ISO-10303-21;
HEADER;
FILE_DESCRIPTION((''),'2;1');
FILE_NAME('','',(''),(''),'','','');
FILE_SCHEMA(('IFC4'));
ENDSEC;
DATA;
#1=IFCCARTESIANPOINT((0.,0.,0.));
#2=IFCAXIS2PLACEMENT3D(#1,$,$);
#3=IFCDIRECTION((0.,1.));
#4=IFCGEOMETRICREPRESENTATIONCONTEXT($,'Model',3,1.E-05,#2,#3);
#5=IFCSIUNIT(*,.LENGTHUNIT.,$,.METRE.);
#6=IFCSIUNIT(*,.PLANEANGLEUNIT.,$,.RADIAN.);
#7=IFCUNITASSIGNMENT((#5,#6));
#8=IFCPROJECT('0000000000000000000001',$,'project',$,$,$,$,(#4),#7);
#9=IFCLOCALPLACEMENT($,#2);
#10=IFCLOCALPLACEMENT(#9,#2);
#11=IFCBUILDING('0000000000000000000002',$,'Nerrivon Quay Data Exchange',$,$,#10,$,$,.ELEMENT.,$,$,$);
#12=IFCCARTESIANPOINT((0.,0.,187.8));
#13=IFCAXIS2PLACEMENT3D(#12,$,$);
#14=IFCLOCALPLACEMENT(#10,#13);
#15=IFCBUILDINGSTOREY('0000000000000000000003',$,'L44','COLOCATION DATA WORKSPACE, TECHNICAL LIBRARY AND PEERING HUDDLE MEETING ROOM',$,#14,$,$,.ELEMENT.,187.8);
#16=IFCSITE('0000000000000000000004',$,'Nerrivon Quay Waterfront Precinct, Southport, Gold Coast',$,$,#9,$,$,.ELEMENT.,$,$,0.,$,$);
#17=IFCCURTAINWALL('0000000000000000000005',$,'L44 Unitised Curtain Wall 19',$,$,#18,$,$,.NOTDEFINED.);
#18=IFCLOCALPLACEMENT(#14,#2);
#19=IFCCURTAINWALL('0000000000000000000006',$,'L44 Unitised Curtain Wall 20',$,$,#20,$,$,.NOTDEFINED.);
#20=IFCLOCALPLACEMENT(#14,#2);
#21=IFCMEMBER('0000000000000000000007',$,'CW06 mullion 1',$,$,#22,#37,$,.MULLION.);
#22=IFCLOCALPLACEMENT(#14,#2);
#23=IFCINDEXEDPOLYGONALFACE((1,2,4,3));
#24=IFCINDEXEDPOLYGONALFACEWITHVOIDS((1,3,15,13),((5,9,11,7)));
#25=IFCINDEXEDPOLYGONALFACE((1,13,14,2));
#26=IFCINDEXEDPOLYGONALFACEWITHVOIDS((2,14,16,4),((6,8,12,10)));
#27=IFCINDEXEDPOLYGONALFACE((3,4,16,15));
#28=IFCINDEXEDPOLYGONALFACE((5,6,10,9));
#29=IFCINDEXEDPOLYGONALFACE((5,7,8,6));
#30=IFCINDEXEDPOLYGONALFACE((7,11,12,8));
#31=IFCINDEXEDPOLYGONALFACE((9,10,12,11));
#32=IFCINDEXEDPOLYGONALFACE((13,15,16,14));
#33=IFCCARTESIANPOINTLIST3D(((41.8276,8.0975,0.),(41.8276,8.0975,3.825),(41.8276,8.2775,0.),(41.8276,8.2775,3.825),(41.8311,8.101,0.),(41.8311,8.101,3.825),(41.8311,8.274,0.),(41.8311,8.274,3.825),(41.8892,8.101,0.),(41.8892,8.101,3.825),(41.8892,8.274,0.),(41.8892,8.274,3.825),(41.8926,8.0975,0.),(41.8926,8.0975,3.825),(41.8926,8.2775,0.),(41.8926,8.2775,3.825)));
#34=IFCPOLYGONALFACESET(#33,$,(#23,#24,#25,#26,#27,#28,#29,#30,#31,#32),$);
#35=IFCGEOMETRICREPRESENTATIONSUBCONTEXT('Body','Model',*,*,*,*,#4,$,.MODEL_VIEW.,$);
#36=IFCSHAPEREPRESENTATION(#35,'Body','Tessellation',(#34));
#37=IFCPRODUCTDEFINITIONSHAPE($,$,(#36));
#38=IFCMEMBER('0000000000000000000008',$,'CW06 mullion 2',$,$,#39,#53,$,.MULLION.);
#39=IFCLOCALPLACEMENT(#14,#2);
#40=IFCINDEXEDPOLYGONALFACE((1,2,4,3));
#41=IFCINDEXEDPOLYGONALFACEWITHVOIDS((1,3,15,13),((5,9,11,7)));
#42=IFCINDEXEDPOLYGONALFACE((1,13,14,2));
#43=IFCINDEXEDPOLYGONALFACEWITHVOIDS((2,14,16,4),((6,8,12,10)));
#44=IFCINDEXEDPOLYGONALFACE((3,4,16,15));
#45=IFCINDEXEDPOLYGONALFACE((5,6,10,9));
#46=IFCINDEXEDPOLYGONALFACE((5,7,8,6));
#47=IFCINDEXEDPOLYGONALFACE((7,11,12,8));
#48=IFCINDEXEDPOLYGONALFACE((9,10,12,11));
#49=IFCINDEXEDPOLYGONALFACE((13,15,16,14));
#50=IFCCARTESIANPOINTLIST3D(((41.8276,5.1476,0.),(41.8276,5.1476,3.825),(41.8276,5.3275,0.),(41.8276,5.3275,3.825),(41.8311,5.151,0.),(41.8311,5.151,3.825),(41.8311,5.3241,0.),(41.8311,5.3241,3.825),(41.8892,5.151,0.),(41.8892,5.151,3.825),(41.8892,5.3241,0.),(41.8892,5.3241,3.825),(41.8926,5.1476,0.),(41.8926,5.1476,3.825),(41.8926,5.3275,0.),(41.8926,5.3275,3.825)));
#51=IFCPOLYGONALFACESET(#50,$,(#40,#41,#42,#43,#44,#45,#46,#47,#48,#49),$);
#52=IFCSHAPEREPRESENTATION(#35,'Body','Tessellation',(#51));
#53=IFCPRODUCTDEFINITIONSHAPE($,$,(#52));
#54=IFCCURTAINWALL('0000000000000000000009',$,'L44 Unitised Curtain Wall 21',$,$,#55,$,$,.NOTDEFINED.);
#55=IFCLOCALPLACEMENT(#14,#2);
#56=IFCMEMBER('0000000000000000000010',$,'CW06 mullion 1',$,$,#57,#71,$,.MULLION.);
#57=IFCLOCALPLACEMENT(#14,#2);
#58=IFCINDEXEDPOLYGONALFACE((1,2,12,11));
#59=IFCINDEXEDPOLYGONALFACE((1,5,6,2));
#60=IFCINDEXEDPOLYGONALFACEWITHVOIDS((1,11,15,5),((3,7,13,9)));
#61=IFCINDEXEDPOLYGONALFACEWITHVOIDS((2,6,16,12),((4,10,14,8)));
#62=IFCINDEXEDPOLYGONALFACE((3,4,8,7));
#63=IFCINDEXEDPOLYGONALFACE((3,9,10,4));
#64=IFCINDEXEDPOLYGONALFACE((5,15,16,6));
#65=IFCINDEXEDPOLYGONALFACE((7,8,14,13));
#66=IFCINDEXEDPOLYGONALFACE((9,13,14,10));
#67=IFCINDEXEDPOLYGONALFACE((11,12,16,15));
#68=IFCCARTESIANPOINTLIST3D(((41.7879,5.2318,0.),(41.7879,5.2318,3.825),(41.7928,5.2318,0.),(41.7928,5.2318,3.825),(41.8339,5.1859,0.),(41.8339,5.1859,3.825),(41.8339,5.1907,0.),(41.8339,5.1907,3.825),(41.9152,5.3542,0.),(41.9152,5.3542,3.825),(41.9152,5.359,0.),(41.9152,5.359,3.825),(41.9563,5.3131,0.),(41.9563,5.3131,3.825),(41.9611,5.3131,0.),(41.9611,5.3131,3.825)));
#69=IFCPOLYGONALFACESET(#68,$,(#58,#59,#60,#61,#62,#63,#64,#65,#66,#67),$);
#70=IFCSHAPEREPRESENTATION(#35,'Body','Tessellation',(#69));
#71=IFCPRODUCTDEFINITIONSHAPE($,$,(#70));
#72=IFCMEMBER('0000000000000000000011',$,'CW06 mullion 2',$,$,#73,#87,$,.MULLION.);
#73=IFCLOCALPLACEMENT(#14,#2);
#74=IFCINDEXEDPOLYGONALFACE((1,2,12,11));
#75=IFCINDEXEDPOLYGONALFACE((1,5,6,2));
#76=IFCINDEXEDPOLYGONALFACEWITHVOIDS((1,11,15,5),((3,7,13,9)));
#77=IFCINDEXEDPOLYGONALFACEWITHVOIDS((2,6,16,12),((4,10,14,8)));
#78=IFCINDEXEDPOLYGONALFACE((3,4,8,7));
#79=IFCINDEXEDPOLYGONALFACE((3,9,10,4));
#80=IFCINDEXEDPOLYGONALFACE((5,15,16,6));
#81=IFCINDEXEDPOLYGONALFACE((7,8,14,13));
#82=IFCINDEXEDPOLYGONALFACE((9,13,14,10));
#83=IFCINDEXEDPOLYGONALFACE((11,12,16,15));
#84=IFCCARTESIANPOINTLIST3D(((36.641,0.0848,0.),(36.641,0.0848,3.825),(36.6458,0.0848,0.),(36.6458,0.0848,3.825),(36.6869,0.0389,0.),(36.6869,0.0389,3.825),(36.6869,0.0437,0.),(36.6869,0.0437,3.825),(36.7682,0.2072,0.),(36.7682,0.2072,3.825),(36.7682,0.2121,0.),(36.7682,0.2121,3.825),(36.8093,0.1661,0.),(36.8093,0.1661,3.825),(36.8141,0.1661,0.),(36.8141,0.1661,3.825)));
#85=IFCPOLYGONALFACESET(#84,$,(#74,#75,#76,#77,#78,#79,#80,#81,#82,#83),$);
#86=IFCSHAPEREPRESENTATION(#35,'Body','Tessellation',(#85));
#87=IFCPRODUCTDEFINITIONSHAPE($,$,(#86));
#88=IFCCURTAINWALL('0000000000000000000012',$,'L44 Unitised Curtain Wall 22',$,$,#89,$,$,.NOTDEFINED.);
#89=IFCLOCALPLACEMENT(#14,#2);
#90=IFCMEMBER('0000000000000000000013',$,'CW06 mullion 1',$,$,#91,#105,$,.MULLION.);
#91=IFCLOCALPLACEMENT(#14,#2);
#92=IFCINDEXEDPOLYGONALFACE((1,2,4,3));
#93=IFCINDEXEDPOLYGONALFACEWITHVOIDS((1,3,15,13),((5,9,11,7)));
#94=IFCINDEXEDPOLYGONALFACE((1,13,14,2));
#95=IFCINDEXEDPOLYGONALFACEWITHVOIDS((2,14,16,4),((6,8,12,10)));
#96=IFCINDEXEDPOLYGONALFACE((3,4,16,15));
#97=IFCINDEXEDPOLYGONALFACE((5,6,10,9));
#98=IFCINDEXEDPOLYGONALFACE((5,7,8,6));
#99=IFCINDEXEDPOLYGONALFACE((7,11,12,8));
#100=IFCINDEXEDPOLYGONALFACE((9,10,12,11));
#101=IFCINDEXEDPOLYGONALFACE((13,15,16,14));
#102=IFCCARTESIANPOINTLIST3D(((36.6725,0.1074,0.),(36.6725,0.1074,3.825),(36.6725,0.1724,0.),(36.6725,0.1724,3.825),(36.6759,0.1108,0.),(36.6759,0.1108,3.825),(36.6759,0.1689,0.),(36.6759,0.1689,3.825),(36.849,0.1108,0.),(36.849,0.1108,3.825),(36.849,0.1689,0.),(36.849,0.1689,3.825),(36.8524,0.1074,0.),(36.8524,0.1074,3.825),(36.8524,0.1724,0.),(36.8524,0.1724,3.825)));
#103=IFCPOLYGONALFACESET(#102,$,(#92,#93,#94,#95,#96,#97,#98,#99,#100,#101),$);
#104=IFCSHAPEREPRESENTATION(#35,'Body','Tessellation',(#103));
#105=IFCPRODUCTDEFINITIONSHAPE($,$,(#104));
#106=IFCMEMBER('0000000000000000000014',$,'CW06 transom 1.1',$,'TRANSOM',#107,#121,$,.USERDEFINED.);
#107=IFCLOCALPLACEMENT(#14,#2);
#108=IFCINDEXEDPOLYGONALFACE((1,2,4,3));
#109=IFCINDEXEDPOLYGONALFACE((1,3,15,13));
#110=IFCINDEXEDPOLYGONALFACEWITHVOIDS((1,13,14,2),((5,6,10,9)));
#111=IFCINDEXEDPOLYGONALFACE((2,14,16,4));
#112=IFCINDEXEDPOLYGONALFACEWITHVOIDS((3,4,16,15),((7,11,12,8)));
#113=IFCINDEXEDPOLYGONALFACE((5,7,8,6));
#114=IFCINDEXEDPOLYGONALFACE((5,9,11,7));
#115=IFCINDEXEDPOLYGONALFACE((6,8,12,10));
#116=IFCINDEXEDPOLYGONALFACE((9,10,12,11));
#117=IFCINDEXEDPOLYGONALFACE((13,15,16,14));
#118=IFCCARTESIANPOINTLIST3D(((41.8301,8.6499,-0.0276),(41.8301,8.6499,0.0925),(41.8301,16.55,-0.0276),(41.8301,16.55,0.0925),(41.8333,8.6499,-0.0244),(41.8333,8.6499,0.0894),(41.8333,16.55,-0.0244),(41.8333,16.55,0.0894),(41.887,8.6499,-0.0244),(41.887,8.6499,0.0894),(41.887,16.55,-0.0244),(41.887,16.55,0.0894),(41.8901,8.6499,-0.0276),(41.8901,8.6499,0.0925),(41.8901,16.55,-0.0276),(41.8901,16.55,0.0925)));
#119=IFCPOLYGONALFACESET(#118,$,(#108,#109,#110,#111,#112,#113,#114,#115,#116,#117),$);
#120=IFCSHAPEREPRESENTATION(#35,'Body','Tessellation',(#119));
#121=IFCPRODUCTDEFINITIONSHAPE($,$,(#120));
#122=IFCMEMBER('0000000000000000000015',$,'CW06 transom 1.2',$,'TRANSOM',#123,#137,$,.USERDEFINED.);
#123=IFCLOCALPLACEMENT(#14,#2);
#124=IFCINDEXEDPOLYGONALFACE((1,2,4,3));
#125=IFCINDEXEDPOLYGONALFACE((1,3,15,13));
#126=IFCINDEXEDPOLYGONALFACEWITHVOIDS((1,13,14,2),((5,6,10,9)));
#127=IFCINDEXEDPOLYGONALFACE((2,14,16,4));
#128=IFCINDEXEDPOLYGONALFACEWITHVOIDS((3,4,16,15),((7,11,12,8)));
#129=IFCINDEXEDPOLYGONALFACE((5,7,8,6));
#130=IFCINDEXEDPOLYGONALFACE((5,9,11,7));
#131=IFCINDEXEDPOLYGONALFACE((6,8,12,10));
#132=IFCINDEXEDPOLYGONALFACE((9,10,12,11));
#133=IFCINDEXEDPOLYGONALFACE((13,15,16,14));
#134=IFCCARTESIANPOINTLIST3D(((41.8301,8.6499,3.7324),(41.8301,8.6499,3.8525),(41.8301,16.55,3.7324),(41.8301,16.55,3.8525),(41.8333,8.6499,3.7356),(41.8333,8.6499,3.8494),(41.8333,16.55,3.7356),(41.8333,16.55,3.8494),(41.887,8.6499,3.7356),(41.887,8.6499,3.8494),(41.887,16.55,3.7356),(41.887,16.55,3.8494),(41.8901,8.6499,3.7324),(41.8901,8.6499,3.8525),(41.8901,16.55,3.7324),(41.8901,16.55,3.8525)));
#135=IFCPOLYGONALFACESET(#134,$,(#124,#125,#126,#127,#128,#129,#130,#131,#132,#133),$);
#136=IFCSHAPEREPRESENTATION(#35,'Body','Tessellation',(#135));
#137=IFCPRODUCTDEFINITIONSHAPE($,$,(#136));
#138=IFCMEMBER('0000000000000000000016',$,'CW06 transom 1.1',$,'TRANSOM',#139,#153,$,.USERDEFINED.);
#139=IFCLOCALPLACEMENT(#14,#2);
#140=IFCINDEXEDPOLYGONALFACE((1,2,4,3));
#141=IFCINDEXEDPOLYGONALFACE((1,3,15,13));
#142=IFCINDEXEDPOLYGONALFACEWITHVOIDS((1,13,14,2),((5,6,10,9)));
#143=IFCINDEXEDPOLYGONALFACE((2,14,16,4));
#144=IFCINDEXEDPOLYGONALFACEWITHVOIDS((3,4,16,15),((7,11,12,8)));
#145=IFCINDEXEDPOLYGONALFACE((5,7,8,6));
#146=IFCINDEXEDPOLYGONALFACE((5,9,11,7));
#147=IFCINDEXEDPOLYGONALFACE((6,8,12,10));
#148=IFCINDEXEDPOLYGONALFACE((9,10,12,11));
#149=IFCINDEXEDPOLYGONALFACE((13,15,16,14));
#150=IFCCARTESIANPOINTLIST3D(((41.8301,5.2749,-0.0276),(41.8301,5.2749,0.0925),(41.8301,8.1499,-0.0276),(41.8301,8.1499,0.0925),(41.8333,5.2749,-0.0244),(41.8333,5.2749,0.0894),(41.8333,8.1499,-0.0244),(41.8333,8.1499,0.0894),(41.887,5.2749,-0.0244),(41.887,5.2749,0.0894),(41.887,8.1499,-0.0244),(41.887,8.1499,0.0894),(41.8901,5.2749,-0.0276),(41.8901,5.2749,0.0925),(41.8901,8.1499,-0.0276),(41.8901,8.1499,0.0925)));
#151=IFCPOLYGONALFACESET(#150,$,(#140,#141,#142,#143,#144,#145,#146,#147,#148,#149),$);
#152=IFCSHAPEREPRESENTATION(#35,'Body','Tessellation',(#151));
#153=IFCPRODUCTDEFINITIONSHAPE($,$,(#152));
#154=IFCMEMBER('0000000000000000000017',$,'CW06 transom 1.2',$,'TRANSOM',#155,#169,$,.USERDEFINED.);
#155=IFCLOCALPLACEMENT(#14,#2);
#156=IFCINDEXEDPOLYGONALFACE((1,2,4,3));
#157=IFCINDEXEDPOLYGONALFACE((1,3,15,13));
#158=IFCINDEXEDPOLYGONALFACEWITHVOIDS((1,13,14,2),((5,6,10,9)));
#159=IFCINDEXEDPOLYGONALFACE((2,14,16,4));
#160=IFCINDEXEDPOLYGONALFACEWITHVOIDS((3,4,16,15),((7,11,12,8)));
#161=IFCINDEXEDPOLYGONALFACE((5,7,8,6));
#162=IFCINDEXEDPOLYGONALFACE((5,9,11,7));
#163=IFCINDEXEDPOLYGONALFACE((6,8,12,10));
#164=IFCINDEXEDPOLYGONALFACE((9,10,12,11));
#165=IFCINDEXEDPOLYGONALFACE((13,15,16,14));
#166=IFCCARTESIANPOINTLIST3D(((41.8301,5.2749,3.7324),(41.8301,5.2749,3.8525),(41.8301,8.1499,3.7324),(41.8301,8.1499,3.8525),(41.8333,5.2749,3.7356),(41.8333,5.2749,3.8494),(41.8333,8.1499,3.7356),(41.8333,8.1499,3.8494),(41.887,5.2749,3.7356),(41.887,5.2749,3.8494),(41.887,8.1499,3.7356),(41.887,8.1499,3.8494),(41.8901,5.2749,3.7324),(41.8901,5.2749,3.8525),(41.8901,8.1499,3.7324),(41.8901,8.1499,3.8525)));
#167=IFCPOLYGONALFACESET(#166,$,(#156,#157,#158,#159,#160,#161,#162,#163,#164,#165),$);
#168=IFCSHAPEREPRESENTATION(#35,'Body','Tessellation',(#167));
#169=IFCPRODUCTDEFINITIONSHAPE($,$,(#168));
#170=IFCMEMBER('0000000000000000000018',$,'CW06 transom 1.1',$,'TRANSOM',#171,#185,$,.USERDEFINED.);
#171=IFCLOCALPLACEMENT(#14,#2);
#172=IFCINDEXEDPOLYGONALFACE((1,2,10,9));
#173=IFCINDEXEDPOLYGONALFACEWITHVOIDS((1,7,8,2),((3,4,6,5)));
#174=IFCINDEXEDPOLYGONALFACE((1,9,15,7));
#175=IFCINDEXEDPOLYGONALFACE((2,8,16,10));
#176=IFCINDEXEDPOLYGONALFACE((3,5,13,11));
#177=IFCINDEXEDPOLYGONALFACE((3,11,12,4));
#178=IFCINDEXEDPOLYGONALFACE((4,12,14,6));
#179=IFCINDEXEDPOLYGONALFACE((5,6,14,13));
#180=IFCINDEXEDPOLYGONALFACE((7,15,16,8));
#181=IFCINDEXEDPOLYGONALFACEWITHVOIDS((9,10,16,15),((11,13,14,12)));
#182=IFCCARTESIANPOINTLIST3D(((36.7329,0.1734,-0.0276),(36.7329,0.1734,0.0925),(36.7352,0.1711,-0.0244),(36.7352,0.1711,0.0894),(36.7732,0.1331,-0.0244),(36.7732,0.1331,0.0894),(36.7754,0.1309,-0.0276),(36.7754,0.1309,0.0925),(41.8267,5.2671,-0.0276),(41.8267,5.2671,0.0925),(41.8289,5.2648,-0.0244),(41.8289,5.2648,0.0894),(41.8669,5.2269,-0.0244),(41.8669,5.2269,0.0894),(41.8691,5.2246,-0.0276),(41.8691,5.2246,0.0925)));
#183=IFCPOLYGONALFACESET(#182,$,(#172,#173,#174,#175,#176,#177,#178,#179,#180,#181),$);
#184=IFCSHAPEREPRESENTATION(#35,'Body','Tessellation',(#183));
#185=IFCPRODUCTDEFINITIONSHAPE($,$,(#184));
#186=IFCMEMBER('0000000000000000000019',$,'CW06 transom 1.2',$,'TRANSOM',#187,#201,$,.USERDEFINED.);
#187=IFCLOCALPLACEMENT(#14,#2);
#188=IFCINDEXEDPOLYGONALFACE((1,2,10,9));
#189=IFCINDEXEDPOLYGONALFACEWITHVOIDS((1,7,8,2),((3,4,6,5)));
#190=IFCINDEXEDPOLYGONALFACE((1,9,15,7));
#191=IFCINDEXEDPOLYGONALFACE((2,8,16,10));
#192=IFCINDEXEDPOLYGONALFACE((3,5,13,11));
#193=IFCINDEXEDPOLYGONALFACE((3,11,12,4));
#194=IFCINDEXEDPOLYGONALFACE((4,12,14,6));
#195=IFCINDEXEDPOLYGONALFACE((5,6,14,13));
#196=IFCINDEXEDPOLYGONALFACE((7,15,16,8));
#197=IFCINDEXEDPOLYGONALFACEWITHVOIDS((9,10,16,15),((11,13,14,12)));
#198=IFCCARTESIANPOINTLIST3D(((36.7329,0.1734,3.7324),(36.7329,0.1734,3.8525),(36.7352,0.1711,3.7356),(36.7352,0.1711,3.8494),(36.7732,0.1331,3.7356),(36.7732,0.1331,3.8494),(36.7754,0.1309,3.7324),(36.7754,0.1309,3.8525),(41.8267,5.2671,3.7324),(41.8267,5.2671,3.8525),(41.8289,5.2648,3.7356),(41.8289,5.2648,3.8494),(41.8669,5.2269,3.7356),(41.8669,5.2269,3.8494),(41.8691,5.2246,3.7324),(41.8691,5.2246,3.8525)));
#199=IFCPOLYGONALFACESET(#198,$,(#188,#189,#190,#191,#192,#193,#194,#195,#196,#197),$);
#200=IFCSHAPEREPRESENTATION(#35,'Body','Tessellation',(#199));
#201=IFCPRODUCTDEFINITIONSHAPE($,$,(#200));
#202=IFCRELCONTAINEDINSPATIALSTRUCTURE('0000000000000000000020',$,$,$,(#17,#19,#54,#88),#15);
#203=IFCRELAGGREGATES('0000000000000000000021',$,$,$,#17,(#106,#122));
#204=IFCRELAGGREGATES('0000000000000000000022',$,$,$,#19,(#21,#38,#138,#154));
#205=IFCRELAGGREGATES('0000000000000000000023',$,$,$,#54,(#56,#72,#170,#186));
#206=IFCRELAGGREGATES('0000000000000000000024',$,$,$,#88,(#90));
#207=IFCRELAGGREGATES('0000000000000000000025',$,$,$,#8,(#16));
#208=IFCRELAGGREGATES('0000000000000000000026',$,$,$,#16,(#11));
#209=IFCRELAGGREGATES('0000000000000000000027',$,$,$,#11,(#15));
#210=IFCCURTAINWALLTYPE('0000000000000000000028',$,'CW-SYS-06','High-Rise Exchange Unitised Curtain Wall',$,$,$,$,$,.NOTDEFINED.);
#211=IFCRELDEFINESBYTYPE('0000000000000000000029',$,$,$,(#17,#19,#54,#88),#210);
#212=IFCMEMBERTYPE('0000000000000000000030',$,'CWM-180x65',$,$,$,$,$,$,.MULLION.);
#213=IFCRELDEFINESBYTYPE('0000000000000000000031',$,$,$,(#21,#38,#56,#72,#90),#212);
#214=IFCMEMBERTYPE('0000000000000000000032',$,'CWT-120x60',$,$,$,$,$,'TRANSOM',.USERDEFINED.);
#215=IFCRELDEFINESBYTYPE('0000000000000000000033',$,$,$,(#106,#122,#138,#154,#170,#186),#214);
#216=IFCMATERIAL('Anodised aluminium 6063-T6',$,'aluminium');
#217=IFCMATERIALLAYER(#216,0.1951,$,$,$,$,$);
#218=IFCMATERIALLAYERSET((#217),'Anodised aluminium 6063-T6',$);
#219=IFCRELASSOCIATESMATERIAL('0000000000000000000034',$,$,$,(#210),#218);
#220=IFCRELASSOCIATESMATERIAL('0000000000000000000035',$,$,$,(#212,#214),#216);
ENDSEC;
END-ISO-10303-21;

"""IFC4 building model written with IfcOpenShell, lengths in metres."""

from ifc_helpers import new_model, si_unit, direction, frame, origin, origin_2d, place, context, subcontext, project, spatial, hollow_rectangle, extrude, material, layer, layer_set, material_profile, profile_set, type_object, element, aggregate, save


model = new_model("IFC4")

# Units and contexts
model_context = context("Model", 3, precision=1e-05, world=origin(), true_north=direction((0.0, 1.0)))
body_context = subcontext(model_context, "Body", "Model", "MODEL_VIEW")
ifc_project = project(units=[si_unit("LENGTHUNIT", "METRE"), si_unit("PLANEANGLEUNIT", "RADIAN")], contexts=[model_context])

# Site, building, storey
site_placement = place(None, origin())
site = spatial("IfcSite", under=ifc_project, at=site_placement, Name="Nerrivon Quay Waterfront Precinct, Southport, Gold Coast", CompositionType="ELEMENT", RefElevation=0.0)
building_placement = place(site_placement, origin())
building = spatial("IfcBuilding", under=site, at=building_placement, Name="Nerrivon Quay Data Exchange", CompositionType="ELEMENT")
storey_placement = place(building_placement, frame((0.0, 0.0, 187.8)))
storey = spatial("IfcBuildingStorey", under=building, at=storey_placement, Name="L44", Description="COLOCATION DATA WORKSPACE, TECHNICAL LIBRARY AND PEERING HUDDLE MEETING ROOM", CompositionType="ELEMENT", Elevation=187.8)

# Curtain walls, members
ifc_material_1 = material(Name="Anodised aluminium 6063-T6", Category="aluminium")
ifc_layer_1 = layer(ifc_material_1, 0.1951)
ifc_layer_set_1 = layer_set([ifc_layer_1], Name="Anodised aluminium 6063-T6")
curtain_wall_type = type_object("IfcCurtainWallType", Name="CW-SYS-06", Description="High-Rise Exchange Unitised Curtain Wall", PredefinedType="NOTDEFINED", material=ifc_layer_set_1)
curtain_wall_1_placement = place(storey_placement, origin())
curtain_wall_1 = element("IfcCurtainWall", 1, at=curtain_wall_1_placement, inside=storey, type_object=curtain_wall_type, Name="L44 Unitised Curtain Wall 19", PredefinedType="NOTDEFINED")
ifc_material_profile_1 = material_profile(ifc_material_1, hollow_rectangle(XDim=0.0649, YDim=0.1799, WallThickness=0.0034, at=origin_2d()), Name="ALU-MULL-180x65")
ifc_profile_set_1 = profile_set([ifc_material_profile_1], Name="Anodised aluminium 6063-T6")
member_type_1 = type_object("IfcMemberType", Name="CWM-180x65", PredefinedType="MULLION", material=ifc_profile_set_1)
curtain_wall_2_placement = place(storey_placement, origin())
curtain_wall_2 = element("IfcCurtainWall", 2, at=curtain_wall_2_placement, inside=storey, type_object=curtain_wall_type, Name="L44 Unitised Curtain Wall 20", PredefinedType="NOTDEFINED")
member_1_placement = place(storey_placement, frame((41.8601, 8.1875, 0.0), z_axis=(0.0, 0.0, 1.0), x_axis=(1.0, 0.0, 0.0)))
member_1 = element("IfcMember", 3, at=member_1_placement, type_object=member_type_1, Name="CW06 mullion 1", PredefinedType="MULLION", context=body_context, shape_type="SweptSolid", body=[
    extrude(hollow_rectangle(XDim=0.0649, YDim=0.1799, WallThickness=0.0034, at=origin_2d()), origin(), (0.0, 0.0, 1.0), 3.825),
])
member_2_placement = place(storey_placement, frame((41.8601, 5.2375, 0.0), z_axis=(0.0, 0.0, 1.0), x_axis=(1.0, 0.0, 0.0)))
member_2 = element("IfcMember", 4, at=member_2_placement, type_object=member_type_1, Name="CW06 mullion 2", PredefinedType="MULLION", context=body_context, shape_type="SweptSolid", body=[
    extrude(hollow_rectangle(XDim=0.0649, YDim=0.1799, WallThickness=0.0034, at=origin_2d()), origin(), (0.0, 0.0, 1.0), 3.825),
])
curtain_wall_3_placement = place(storey_placement, origin())
curtain_wall_3 = element("IfcCurtainWall", 5, at=curtain_wall_3_placement, inside=storey, type_object=curtain_wall_type, Name="L44 Unitised Curtain Wall 21", PredefinedType="NOTDEFINED")
member_3_placement = place(storey_placement, frame((41.8745, 5.2725, 0.0), z_axis=(0.0, 0.0, 1.0), x_axis=(0.707107, -0.707107, 0.0)))
member_3 = element("IfcMember", 6, at=member_3_placement, type_object=member_type_1, Name="CW06 mullion 1", PredefinedType="MULLION", context=body_context, shape_type="SweptSolid", body=[
    extrude(hollow_rectangle(XDim=0.0649, YDim=0.1799, WallThickness=0.0034, at=origin_2d()), origin(), (0.0, 0.0, 1.0), 3.825),
])
member_4_placement = place(storey_placement, frame((36.7275, 0.1255, 0.0), z_axis=(0.0, 0.0, 1.0), x_axis=(0.707107, -0.707107, 0.0)))
member_4 = element("IfcMember", 7, at=member_4_placement, type_object=member_type_1, Name="CW06 mullion 2", PredefinedType="MULLION", context=body_context, shape_type="SweptSolid", body=[
    extrude(hollow_rectangle(XDim=0.0649, YDim=0.1799, WallThickness=0.0034, at=origin_2d()), origin(), (0.0, 0.0, 1.0), 3.825),
])

# Curtain wall, member
curtain_wall_4_placement = place(storey_placement, origin())
curtain_wall_4 = element("IfcCurtainWall", 8, at=curtain_wall_4_placement, inside=storey, type_object=curtain_wall_type, Name="L44 Unitised Curtain Wall 22", PredefinedType="NOTDEFINED")
member_5_placement = place(storey_placement, frame((36.7625, 0.1399, 0.0), z_axis=(0.0, 0.0, 1.0), x_axis=(0.0, -1.0, 0.0)))
member_5 = element("IfcMember", 9, at=member_5_placement, type_object=member_type_1, Name="CW06 mullion 1", PredefinedType="MULLION", context=body_context, shape_type="SweptSolid", body=[
    extrude(hollow_rectangle(XDim=0.0649, YDim=0.1799, WallThickness=0.0034, at=origin_2d()), origin(), (0.0, 0.0, 1.0), 3.825),
])

# Members
ifc_material_profile_2 = material_profile(ifc_material_1, hollow_rectangle(XDim=0.0601, YDim=0.1201, WallThickness=0.0032, at=origin_2d()), Name="ALU-TRAN-120x60")
ifc_profile_set_2 = profile_set([ifc_material_profile_2], Name="Anodised aluminium 6063-T6")
member_type_2 = type_object("IfcMemberType", Name="CWT-120x60", ElementType="TRANSOM", PredefinedType="USERDEFINED", material=ifc_profile_set_2)
member_6_placement = place(storey_placement, frame((41.8601, 16.55, 0.0325), z_axis=(0.0, -1.0, 0.0), x_axis=(1.0, 0.0, 0.0)))
member_6 = element("IfcMember", 10, at=member_6_placement, type_object=member_type_2, Name="CW06 transom 1.1", ObjectType="TRANSOM", PredefinedType="USERDEFINED", context=body_context, shape_type="SweptSolid", body=[
    extrude(hollow_rectangle(XDim=0.0601, YDim=0.1201, WallThickness=0.0032, at=origin_2d()), origin(), (0.0, 0.0, 1.0), 7.9001),
])
member_7_placement = place(storey_placement, frame((41.8601, 16.55, 3.7925), z_axis=(0.0, -1.0, 0.0), x_axis=(1.0, 0.0, 0.0)))
member_7 = element("IfcMember", 11, at=member_7_placement, type_object=member_type_2, Name="CW06 transom 1.2", ObjectType="TRANSOM", PredefinedType="USERDEFINED", context=body_context, shape_type="SweptSolid", body=[
    extrude(hollow_rectangle(XDim=0.0601, YDim=0.1201, WallThickness=0.0032, at=origin_2d()), origin(), (0.0, 0.0, 1.0), 7.9001),
])
member_8_placement = place(storey_placement, frame((41.8601, 8.1499, 0.0325), z_axis=(0.0, -1.0, 0.0), x_axis=(1.0, 0.0, 0.0)))
member_8 = element("IfcMember", 12, at=member_8_placement, type_object=member_type_2, Name="CW06 transom 1.1", ObjectType="TRANSOM", PredefinedType="USERDEFINED", context=body_context, shape_type="SweptSolid", body=[
    extrude(hollow_rectangle(XDim=0.0601, YDim=0.1201, WallThickness=0.0032, at=origin_2d()), origin(), (0.0, 0.0, 1.0), 2.875),
])
member_9_placement = place(storey_placement, frame((41.8601, 8.1499, 3.7925), z_axis=(0.0, -1.0, 0.0), x_axis=(1.0, 0.0, 0.0)))
member_9 = element("IfcMember", 13, at=member_9_placement, type_object=member_type_2, Name="CW06 transom 1.2", ObjectType="TRANSOM", PredefinedType="USERDEFINED", context=body_context, shape_type="SweptSolid", body=[
    extrude(hollow_rectangle(XDim=0.0601, YDim=0.1201, WallThickness=0.0032, at=origin_2d()), origin(), (0.0, 0.0, 1.0), 2.875),
])
member_10_placement = place(storey_placement, frame((41.8479, 5.2458, 0.0325), z_axis=(-0.707107, -0.707107, 0.0), x_axis=(0.707107, -0.707107, 0.0)))
member_10 = element("IfcMember", 14, at=member_10_placement, type_object=member_type_2, Name="CW06 transom 1.1", ObjectType="TRANSOM", PredefinedType="USERDEFINED", context=body_context, shape_type="SweptSolid", body=[
    extrude(hollow_rectangle(XDim=0.0601, YDim=0.1201, WallThickness=0.0032, at=origin_2d()), origin(), (0.0, 0.0, 1.0), 7.2036),
])
member_11_placement = place(storey_placement, frame((41.8479, 5.2458, 3.7925), z_axis=(-0.707107, -0.707107, 0.0), x_axis=(0.707107, -0.707107, 0.0)))
member_11 = element("IfcMember", 15, at=member_11_placement, type_object=member_type_2, Name="CW06 transom 1.2", ObjectType="TRANSOM", PredefinedType="USERDEFINED", context=body_context, shape_type="SweptSolid", body=[
    extrude(hollow_rectangle(XDim=0.0601, YDim=0.1201, WallThickness=0.0032, at=origin_2d()), origin(), (0.0, 0.0, 1.0), 7.2036),
])

aggregate(curtain_wall_1, [member_6, member_7])
aggregate(curtain_wall_2, [member_1, member_2, member_8, member_9])
aggregate(curtain_wall_3, [member_3, member_4, member_10, member_11])
aggregate(curtain_wall_4, [member_5])

save(model, "model.ifc")
